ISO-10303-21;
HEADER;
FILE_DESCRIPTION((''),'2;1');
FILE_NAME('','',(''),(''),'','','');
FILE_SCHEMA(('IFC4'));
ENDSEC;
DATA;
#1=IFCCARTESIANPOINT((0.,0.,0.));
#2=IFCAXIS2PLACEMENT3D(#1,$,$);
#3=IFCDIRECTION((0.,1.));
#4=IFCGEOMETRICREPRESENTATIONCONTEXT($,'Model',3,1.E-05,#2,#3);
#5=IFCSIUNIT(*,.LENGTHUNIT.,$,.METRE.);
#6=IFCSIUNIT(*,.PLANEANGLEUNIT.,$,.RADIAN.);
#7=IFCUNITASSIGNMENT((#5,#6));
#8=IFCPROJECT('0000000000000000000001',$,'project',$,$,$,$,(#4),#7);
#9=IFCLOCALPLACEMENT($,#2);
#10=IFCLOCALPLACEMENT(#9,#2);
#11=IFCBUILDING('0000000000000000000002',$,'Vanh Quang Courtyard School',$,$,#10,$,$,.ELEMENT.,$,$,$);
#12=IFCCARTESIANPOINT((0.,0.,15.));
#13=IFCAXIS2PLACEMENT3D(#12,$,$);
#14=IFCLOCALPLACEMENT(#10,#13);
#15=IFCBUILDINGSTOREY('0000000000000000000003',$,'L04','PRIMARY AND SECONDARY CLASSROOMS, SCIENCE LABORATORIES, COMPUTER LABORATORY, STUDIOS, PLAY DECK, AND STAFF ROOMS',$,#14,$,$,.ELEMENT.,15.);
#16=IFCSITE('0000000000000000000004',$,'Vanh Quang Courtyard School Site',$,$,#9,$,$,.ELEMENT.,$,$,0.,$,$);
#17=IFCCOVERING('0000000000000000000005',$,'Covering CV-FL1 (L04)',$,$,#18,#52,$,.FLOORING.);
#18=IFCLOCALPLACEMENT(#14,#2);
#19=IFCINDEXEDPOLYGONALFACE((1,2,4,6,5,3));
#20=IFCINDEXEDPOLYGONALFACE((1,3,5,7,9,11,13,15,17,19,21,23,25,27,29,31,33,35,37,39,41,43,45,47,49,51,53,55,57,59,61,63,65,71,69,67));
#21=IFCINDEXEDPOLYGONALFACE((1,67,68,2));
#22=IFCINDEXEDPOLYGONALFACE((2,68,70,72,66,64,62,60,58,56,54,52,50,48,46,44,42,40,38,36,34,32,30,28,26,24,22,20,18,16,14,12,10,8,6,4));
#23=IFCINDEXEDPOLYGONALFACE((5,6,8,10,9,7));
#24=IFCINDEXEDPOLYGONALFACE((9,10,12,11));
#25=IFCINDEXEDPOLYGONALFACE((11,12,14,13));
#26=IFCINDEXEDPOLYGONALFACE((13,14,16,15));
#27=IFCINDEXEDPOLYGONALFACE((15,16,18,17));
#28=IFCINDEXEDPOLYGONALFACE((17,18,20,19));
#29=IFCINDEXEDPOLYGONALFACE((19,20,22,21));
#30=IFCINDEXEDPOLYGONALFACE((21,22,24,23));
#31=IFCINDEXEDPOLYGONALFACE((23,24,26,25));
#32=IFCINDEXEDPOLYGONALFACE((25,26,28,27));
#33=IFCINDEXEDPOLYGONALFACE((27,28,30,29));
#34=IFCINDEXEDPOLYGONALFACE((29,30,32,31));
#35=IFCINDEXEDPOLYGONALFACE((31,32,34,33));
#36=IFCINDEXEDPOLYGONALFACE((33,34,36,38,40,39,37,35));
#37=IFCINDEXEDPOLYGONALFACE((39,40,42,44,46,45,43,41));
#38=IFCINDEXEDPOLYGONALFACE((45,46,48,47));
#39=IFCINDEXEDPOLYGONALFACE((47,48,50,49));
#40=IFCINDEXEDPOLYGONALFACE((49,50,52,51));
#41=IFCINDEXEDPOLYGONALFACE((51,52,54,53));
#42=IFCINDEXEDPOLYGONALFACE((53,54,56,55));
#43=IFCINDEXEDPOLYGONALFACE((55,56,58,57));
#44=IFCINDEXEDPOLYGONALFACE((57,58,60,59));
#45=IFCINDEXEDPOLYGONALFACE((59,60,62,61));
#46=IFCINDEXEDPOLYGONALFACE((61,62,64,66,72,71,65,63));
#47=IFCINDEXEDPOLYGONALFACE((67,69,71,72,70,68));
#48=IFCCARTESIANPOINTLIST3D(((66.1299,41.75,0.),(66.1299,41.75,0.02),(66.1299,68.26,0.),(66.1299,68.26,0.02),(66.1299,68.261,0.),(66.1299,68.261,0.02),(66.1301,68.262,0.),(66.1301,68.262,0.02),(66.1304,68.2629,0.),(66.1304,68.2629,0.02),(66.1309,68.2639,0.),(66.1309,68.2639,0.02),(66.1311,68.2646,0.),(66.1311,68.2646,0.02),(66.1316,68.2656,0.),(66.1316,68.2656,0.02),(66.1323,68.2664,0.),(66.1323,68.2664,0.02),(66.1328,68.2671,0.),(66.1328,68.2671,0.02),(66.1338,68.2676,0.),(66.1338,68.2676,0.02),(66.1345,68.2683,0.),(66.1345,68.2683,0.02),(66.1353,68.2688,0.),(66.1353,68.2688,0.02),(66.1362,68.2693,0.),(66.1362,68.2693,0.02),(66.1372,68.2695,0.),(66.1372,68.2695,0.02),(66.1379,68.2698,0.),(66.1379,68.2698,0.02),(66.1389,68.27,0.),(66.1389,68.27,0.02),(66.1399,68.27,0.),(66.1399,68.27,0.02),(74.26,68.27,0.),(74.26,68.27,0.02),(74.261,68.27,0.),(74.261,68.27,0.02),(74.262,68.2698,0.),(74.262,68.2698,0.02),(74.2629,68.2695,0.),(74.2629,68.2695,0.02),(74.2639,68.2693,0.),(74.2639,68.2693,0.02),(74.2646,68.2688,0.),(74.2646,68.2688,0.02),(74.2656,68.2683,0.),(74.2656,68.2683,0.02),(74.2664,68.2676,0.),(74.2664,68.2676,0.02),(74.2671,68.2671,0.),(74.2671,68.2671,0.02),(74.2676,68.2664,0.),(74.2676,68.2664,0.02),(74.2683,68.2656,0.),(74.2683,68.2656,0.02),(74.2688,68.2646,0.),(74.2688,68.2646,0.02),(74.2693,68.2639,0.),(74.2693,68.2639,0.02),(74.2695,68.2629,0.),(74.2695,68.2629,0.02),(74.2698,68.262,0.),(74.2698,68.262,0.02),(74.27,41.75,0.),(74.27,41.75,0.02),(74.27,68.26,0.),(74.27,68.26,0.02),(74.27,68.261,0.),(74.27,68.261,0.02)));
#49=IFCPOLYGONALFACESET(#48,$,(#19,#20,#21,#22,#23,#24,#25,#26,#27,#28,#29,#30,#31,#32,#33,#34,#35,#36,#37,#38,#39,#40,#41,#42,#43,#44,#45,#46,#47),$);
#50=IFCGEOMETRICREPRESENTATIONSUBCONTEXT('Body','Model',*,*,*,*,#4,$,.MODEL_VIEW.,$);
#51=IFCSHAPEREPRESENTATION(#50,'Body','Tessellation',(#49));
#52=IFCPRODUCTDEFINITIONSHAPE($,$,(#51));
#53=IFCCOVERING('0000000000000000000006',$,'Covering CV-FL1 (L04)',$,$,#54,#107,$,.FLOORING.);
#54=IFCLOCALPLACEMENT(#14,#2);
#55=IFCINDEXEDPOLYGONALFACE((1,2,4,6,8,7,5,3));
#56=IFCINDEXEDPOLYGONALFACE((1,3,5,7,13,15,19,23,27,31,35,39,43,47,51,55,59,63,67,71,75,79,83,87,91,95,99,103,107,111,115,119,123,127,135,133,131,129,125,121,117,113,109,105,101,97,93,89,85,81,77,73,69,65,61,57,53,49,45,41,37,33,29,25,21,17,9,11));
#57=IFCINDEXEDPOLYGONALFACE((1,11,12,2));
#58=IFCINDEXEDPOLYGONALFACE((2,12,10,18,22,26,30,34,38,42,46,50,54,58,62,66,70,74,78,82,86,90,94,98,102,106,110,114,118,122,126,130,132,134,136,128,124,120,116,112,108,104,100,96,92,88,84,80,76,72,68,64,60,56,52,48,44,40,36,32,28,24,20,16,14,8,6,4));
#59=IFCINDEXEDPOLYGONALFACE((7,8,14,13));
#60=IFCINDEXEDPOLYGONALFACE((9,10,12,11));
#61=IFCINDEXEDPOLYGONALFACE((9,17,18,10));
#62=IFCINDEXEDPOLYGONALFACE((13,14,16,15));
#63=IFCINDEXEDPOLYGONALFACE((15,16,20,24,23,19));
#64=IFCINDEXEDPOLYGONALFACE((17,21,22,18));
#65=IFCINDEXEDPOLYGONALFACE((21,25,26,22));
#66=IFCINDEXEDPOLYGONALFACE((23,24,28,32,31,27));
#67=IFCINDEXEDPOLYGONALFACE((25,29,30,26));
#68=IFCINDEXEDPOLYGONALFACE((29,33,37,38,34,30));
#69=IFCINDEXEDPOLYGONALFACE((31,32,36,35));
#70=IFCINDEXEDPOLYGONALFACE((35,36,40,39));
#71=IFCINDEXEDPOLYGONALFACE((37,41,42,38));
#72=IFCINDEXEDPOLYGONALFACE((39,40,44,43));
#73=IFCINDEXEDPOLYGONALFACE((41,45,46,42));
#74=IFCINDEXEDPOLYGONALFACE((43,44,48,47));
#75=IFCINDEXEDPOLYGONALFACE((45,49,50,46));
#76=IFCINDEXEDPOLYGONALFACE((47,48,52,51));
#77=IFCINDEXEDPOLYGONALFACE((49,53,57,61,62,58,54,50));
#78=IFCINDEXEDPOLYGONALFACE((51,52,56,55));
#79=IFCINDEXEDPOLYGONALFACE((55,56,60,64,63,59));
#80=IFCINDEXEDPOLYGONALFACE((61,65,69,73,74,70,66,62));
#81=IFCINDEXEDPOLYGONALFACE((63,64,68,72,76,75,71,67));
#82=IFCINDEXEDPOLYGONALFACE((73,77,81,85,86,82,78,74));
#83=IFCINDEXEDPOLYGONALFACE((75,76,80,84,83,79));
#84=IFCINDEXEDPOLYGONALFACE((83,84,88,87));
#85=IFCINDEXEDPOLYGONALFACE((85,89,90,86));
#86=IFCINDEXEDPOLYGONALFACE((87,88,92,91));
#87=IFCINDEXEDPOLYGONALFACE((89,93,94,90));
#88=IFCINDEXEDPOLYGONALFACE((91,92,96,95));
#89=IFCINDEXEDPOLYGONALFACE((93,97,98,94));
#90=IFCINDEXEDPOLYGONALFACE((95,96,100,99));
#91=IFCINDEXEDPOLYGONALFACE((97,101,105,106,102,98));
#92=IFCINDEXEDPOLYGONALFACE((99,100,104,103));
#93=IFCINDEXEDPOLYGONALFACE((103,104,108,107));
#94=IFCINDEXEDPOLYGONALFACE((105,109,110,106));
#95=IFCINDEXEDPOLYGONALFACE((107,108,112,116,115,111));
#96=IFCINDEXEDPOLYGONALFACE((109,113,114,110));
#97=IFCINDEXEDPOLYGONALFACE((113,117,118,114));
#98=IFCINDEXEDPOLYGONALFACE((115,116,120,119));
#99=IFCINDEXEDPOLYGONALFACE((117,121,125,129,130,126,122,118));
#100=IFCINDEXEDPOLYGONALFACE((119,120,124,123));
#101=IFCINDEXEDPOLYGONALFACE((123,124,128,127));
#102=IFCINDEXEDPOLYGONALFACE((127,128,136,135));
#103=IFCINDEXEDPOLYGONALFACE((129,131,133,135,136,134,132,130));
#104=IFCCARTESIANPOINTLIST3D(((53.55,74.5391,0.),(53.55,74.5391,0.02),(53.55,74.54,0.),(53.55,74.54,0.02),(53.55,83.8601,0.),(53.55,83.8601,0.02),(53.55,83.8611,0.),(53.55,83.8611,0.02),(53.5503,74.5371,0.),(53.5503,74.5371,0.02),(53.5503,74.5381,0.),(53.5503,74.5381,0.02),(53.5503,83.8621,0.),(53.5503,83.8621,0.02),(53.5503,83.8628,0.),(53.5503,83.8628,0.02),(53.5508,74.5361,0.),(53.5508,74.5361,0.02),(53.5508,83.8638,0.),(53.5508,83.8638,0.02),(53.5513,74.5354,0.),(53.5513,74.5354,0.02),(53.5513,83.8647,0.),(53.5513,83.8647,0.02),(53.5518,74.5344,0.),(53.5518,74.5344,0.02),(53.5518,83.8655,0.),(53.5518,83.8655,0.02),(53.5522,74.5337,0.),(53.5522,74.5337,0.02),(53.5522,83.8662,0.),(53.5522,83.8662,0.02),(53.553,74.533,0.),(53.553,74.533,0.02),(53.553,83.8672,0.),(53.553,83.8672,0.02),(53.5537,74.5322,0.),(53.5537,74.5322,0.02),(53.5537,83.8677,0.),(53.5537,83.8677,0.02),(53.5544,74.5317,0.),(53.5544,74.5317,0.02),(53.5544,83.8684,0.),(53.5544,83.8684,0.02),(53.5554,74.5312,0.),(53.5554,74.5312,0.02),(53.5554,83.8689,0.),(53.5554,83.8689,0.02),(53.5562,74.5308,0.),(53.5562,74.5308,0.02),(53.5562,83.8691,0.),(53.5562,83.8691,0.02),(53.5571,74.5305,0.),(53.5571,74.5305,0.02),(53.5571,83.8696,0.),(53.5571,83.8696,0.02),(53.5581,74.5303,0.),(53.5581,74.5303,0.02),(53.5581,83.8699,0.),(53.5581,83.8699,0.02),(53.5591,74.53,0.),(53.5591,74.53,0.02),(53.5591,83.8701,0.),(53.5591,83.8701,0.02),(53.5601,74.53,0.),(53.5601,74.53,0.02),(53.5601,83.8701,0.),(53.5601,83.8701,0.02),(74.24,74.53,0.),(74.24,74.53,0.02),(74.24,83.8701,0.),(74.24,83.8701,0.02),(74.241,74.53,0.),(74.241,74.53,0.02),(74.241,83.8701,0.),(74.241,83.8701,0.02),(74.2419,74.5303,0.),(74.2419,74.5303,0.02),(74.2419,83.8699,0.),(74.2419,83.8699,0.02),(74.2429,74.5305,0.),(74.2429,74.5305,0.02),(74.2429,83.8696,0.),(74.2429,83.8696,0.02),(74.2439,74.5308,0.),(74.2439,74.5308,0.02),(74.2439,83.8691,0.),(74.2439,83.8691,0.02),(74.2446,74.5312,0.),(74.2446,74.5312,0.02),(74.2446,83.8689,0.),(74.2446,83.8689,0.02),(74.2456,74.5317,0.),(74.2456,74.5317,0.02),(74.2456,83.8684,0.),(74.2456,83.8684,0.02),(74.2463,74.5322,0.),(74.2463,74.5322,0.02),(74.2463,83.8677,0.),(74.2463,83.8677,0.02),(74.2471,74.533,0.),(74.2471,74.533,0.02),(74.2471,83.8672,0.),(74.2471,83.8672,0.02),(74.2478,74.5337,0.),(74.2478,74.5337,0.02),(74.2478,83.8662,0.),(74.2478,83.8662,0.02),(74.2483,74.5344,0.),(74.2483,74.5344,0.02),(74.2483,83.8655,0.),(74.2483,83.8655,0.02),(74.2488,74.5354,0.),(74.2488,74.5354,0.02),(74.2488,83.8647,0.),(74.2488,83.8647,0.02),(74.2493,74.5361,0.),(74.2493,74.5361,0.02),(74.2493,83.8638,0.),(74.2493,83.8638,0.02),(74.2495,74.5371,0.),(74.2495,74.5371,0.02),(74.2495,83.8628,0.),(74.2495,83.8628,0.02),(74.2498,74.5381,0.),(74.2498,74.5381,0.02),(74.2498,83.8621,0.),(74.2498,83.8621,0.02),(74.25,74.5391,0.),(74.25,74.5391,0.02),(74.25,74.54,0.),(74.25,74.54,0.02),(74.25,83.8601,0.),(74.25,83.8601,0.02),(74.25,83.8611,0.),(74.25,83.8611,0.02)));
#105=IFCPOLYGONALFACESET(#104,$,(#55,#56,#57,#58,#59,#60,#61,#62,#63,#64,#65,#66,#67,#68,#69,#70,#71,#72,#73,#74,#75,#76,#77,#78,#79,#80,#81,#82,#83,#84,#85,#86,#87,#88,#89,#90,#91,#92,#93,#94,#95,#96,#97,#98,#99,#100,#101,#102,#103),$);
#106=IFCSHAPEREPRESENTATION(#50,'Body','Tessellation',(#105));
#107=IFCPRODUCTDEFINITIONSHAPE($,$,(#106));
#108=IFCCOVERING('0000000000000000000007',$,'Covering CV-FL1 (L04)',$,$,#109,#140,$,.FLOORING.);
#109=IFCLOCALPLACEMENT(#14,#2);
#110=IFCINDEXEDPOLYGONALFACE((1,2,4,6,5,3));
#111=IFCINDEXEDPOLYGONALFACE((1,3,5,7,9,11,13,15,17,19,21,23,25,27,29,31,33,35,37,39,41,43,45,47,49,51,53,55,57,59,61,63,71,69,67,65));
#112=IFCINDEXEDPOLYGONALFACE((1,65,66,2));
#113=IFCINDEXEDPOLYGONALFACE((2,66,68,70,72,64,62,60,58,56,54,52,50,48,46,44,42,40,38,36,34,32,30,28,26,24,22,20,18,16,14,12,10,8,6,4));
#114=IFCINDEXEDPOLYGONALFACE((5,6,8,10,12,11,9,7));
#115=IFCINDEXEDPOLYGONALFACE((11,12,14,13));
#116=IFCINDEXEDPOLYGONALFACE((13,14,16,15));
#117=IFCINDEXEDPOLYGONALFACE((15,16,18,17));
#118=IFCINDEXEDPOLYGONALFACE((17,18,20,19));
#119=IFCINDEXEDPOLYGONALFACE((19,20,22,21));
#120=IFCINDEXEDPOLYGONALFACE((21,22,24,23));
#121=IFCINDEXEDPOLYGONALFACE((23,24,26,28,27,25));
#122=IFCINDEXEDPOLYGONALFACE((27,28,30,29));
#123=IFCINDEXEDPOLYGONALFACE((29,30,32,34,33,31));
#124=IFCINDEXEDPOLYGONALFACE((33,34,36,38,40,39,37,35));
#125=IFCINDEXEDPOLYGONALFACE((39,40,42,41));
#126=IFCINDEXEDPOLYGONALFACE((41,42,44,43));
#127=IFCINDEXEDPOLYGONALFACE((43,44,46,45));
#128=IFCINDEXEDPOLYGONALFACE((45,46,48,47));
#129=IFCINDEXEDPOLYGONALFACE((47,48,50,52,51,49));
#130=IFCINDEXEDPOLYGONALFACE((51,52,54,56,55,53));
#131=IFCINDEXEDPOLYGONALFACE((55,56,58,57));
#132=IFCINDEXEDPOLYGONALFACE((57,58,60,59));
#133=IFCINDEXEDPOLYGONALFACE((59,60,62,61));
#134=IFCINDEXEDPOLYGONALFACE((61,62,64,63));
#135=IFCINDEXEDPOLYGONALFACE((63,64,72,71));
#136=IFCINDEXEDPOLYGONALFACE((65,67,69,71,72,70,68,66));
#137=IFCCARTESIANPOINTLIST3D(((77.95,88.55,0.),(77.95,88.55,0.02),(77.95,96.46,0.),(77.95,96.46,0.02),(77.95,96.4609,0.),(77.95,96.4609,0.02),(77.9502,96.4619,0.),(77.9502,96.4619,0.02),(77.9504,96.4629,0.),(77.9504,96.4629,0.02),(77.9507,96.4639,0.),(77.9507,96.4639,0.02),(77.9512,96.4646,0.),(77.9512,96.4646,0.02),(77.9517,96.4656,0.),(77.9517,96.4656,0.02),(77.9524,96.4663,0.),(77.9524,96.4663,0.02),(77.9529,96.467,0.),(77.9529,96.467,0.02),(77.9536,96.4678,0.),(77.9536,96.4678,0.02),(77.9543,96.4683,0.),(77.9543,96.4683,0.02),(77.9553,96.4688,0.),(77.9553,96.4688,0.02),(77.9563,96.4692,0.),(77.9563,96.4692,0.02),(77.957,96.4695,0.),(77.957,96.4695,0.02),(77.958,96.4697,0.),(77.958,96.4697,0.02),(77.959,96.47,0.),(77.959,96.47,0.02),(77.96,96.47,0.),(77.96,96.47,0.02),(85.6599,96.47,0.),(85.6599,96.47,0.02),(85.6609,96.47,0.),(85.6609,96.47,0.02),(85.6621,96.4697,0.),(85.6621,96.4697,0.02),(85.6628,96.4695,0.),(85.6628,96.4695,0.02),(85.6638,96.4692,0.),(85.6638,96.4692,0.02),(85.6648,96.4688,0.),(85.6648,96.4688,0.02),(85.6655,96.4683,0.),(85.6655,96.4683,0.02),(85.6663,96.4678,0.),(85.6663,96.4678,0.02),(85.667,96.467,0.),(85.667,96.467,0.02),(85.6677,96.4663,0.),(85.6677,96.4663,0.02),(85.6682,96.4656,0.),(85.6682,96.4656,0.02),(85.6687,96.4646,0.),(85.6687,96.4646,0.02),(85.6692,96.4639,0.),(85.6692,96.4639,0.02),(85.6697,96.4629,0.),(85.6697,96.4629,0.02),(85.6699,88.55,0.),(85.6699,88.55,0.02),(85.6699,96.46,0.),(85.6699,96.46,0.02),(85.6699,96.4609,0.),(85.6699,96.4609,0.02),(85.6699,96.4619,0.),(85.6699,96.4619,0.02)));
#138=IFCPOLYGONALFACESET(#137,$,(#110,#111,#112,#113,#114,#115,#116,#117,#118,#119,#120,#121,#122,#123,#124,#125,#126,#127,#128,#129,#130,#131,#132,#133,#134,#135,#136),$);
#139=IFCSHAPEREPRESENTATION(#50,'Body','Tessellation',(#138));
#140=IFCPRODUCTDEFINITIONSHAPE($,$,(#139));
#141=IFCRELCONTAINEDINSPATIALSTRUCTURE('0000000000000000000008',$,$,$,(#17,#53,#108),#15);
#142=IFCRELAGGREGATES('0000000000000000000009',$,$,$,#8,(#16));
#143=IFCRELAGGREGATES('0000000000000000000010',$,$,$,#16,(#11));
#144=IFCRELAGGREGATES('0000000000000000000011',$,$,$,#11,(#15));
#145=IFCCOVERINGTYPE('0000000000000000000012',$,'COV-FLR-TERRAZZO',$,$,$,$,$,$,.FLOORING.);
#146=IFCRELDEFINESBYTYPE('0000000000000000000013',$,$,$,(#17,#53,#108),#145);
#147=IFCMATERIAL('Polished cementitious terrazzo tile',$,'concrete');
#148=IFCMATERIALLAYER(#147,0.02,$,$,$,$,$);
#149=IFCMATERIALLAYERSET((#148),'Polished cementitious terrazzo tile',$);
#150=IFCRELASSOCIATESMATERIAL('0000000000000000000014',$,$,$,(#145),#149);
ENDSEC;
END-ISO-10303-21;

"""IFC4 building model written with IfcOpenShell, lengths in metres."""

from ifc_helpers import new_model, si_unit, direction, frame, origin, place, context, subcontext, project, spatial, polyline, outline, extrude, material, layer, layer_set, type_object, element, save


model = new_model("IFC4")

# Units and contexts
model_context = context("Model", 3, precision=1e-05, world=origin(), true_north=direction((0.0, 1.0)))
body_context = subcontext(model_context, "Body", "Model", "MODEL_VIEW")
ifc_project = project(units=[si_unit("LENGTHUNIT", "METRE"), si_unit("PLANEANGLEUNIT", "RADIAN")], contexts=[model_context])

# Site, building, storey
site_placement = place(None, origin())
site = spatial("IfcSite", under=ifc_project, at=site_placement, Name="Vanh Quang Courtyard School Site", CompositionType="ELEMENT", RefElevation=0.0)
building_placement = place(site_placement, origin())
building = spatial("IfcBuilding", under=site, at=building_placement, Name="Vanh Quang Courtyard School", CompositionType="ELEMENT")
storey_placement = place(building_placement, frame((0.0, 0.0, 15.0)))
storey = spatial("IfcBuildingStorey", under=building, at=storey_placement, Name="L04", Description="PRIMARY AND SECONDARY CLASSROOMS, SCIENCE LABORATORIES, COMPUTER LABORATORY, STUDIOS, PLAY DECK, AND STAFF ROOMS", CompositionType="ELEMENT", Elevation=15.0)

# Coverings
ifc_material_1 = material(Name="Polished cementitious terrazzo tile", Category="concrete")
ifc_layer_1 = layer(ifc_material_1, 0.02)
ifc_layer_set_1 = layer_set([ifc_layer_1], Name="Polished cementitious terrazzo tile")
covering_type_1 = type_object("IfcCoveringType", Name="COV-FLR-TERRAZZO", PredefinedType="FLOORING", material=ifc_layer_set_1)
covering_1_placement = place(storey_placement, origin())
element("IfcCovering", 1, at=covering_1_placement, inside=storey, type_object=covering_type_1, Name="Covering CV-FL1 (L04)", PredefinedType="FLOORING", context=body_context, shape_type="SweptSolid", body=[
    extrude(outline(polyline([(66.1299, 68.26), (66.1299, 68.261), (66.1301, 68.262), (66.1304, 68.2629), (66.1309, 68.2639), (66.1311, 68.2646), (66.1316, 68.2656), (66.1323, 68.2664), (66.1328, 68.2671), (66.1338, 68.2676), (66.1345, 68.2683), (66.1353, 68.2688), (66.1362, 68.2693), (66.1372, 68.2695), (66.1379, 68.2698), (66.1389, 68.27), (66.1399, 68.27), (74.26, 68.27), (74.261, 68.27), (74.262, 68.2698), (74.2629, 68.2695), (74.2639, 68.2693), (74.2646, 68.2688), (74.2656, 68.2683), (74.2664, 68.2676), (74.2671, 68.2671), (74.2676, 68.2664), (74.2683, 68.2656), (74.2688, 68.2646), (74.2693, 68.2639), (74.2695, 68.2629), (74.2698, 68.262), (74.27, 68.261), (74.27, 68.26), (74.27, 41.75), (66.1299, 41.75), (66.1299, 68.26)])), origin(), (0.0, 0.0, 1.0), 0.02),
])
covering_2_placement = place(storey_placement, origin())
element("IfcCovering", 2, at=covering_2_placement, inside=storey, type_object=covering_type_1, Name="Covering CV-FL1 (L04)", PredefinedType="FLOORING", context=body_context, shape_type="SweptSolid", body=[
    extrude(outline(polyline([(53.55, 83.8601), (53.55, 83.8611), (53.5503, 83.8621), (53.5503, 83.8628), (53.5508, 83.8638), (53.5513, 83.8647), (53.5518, 83.8655), (53.5522, 83.8662), (53.553, 83.8672), (53.5537, 83.8677), (53.5544, 83.8684), (53.5554, 83.8689), (53.5562, 83.8691), (53.5571, 83.8696), (53.5581, 83.8699), (53.5591, 83.8701), (53.5601, 83.8701), (74.24, 83.8701), (74.241, 83.8701), (74.2419, 83.8699), (74.2429, 83.8696), (74.2439, 83.8691), (74.2446, 83.8689), (74.2456, 83.8684), (74.2463, 83.8677), (74.2471, 83.8672), (74.2478, 83.8662), (74.2483, 83.8655), (74.2488, 83.8647), (74.2493, 83.8638), (74.2495, 83.8628), (74.2498, 83.8621), (74.25, 83.8611), (74.25, 83.8601), (74.25, 74.54), (74.25, 74.5391), (74.2498, 74.5381), (74.2495, 74.5371), (74.2493, 74.5361), (74.2488, 74.5354), (74.2483, 74.5344), (74.2478, 74.5337), (74.2471, 74.533), (74.2463, 74.5322), (74.2456, 74.5317), (74.2446, 74.5312), (74.2439, 74.5308), (74.2429, 74.5305), (74.2419, 74.5303), (74.241, 74.53), (74.24, 74.53), (53.5601, 74.53), (53.5591, 74.53), (53.5581, 74.5303), (53.5571, 74.5305), (53.5562, 74.5308), (53.5554, 74.5312), (53.5544, 74.5317), (53.5537, 74.5322), (53.553, 74.533), (53.5522, 74.5337), (53.5518, 74.5344), (53.5513, 74.5354), (53.5508, 74.5361), (53.5503, 74.5371), (53.5503, 74.5381), (53.55, 74.5391), (53.55, 74.54), (53.55, 83.8601)])), origin(), (0.0, 0.0, 1.0), 0.02),
])
covering_3_placement = place(storey_placement, origin())
element("IfcCovering", 3, at=covering_3_placement, inside=storey, type_object=covering_type_1, Name="Covering CV-FL1 (L04)", PredefinedType="FLOORING", context=body_context, shape_type="SweptSolid", body=[
    extrude(outline(polyline([(77.95, 96.46), (77.95, 96.4609), (77.9502, 96.4619), (77.9504, 96.4629), (77.9507, 96.4639), (77.9512, 96.4646), (77.9517, 96.4656), (77.9524, 96.4663), (77.9529, 96.467), (77.9536, 96.4678), (77.9543, 96.4683), (77.9553, 96.4688), (77.9563, 96.4692), (77.957, 96.4695), (77.958, 96.4697), (77.959, 96.47), (77.96, 96.47), (85.6599, 96.47), (85.6609, 96.47), (85.6621, 96.4697), (85.6628, 96.4695), (85.6638, 96.4692), (85.6648, 96.4688), (85.6655, 96.4683), (85.6663, 96.4678), (85.667, 96.467), (85.6677, 96.4663), (85.6682, 96.4656), (85.6687, 96.4646), (85.6692, 96.4639), (85.6697, 96.4629), (85.6699, 96.4619), (85.6699, 96.4609), (85.6699, 96.46), (85.6699, 88.55), (77.95, 88.55), (77.95, 96.46)])), origin(), (0.0, 0.0, 1.0), 0.02),
])

save(model, "model.ifc")
